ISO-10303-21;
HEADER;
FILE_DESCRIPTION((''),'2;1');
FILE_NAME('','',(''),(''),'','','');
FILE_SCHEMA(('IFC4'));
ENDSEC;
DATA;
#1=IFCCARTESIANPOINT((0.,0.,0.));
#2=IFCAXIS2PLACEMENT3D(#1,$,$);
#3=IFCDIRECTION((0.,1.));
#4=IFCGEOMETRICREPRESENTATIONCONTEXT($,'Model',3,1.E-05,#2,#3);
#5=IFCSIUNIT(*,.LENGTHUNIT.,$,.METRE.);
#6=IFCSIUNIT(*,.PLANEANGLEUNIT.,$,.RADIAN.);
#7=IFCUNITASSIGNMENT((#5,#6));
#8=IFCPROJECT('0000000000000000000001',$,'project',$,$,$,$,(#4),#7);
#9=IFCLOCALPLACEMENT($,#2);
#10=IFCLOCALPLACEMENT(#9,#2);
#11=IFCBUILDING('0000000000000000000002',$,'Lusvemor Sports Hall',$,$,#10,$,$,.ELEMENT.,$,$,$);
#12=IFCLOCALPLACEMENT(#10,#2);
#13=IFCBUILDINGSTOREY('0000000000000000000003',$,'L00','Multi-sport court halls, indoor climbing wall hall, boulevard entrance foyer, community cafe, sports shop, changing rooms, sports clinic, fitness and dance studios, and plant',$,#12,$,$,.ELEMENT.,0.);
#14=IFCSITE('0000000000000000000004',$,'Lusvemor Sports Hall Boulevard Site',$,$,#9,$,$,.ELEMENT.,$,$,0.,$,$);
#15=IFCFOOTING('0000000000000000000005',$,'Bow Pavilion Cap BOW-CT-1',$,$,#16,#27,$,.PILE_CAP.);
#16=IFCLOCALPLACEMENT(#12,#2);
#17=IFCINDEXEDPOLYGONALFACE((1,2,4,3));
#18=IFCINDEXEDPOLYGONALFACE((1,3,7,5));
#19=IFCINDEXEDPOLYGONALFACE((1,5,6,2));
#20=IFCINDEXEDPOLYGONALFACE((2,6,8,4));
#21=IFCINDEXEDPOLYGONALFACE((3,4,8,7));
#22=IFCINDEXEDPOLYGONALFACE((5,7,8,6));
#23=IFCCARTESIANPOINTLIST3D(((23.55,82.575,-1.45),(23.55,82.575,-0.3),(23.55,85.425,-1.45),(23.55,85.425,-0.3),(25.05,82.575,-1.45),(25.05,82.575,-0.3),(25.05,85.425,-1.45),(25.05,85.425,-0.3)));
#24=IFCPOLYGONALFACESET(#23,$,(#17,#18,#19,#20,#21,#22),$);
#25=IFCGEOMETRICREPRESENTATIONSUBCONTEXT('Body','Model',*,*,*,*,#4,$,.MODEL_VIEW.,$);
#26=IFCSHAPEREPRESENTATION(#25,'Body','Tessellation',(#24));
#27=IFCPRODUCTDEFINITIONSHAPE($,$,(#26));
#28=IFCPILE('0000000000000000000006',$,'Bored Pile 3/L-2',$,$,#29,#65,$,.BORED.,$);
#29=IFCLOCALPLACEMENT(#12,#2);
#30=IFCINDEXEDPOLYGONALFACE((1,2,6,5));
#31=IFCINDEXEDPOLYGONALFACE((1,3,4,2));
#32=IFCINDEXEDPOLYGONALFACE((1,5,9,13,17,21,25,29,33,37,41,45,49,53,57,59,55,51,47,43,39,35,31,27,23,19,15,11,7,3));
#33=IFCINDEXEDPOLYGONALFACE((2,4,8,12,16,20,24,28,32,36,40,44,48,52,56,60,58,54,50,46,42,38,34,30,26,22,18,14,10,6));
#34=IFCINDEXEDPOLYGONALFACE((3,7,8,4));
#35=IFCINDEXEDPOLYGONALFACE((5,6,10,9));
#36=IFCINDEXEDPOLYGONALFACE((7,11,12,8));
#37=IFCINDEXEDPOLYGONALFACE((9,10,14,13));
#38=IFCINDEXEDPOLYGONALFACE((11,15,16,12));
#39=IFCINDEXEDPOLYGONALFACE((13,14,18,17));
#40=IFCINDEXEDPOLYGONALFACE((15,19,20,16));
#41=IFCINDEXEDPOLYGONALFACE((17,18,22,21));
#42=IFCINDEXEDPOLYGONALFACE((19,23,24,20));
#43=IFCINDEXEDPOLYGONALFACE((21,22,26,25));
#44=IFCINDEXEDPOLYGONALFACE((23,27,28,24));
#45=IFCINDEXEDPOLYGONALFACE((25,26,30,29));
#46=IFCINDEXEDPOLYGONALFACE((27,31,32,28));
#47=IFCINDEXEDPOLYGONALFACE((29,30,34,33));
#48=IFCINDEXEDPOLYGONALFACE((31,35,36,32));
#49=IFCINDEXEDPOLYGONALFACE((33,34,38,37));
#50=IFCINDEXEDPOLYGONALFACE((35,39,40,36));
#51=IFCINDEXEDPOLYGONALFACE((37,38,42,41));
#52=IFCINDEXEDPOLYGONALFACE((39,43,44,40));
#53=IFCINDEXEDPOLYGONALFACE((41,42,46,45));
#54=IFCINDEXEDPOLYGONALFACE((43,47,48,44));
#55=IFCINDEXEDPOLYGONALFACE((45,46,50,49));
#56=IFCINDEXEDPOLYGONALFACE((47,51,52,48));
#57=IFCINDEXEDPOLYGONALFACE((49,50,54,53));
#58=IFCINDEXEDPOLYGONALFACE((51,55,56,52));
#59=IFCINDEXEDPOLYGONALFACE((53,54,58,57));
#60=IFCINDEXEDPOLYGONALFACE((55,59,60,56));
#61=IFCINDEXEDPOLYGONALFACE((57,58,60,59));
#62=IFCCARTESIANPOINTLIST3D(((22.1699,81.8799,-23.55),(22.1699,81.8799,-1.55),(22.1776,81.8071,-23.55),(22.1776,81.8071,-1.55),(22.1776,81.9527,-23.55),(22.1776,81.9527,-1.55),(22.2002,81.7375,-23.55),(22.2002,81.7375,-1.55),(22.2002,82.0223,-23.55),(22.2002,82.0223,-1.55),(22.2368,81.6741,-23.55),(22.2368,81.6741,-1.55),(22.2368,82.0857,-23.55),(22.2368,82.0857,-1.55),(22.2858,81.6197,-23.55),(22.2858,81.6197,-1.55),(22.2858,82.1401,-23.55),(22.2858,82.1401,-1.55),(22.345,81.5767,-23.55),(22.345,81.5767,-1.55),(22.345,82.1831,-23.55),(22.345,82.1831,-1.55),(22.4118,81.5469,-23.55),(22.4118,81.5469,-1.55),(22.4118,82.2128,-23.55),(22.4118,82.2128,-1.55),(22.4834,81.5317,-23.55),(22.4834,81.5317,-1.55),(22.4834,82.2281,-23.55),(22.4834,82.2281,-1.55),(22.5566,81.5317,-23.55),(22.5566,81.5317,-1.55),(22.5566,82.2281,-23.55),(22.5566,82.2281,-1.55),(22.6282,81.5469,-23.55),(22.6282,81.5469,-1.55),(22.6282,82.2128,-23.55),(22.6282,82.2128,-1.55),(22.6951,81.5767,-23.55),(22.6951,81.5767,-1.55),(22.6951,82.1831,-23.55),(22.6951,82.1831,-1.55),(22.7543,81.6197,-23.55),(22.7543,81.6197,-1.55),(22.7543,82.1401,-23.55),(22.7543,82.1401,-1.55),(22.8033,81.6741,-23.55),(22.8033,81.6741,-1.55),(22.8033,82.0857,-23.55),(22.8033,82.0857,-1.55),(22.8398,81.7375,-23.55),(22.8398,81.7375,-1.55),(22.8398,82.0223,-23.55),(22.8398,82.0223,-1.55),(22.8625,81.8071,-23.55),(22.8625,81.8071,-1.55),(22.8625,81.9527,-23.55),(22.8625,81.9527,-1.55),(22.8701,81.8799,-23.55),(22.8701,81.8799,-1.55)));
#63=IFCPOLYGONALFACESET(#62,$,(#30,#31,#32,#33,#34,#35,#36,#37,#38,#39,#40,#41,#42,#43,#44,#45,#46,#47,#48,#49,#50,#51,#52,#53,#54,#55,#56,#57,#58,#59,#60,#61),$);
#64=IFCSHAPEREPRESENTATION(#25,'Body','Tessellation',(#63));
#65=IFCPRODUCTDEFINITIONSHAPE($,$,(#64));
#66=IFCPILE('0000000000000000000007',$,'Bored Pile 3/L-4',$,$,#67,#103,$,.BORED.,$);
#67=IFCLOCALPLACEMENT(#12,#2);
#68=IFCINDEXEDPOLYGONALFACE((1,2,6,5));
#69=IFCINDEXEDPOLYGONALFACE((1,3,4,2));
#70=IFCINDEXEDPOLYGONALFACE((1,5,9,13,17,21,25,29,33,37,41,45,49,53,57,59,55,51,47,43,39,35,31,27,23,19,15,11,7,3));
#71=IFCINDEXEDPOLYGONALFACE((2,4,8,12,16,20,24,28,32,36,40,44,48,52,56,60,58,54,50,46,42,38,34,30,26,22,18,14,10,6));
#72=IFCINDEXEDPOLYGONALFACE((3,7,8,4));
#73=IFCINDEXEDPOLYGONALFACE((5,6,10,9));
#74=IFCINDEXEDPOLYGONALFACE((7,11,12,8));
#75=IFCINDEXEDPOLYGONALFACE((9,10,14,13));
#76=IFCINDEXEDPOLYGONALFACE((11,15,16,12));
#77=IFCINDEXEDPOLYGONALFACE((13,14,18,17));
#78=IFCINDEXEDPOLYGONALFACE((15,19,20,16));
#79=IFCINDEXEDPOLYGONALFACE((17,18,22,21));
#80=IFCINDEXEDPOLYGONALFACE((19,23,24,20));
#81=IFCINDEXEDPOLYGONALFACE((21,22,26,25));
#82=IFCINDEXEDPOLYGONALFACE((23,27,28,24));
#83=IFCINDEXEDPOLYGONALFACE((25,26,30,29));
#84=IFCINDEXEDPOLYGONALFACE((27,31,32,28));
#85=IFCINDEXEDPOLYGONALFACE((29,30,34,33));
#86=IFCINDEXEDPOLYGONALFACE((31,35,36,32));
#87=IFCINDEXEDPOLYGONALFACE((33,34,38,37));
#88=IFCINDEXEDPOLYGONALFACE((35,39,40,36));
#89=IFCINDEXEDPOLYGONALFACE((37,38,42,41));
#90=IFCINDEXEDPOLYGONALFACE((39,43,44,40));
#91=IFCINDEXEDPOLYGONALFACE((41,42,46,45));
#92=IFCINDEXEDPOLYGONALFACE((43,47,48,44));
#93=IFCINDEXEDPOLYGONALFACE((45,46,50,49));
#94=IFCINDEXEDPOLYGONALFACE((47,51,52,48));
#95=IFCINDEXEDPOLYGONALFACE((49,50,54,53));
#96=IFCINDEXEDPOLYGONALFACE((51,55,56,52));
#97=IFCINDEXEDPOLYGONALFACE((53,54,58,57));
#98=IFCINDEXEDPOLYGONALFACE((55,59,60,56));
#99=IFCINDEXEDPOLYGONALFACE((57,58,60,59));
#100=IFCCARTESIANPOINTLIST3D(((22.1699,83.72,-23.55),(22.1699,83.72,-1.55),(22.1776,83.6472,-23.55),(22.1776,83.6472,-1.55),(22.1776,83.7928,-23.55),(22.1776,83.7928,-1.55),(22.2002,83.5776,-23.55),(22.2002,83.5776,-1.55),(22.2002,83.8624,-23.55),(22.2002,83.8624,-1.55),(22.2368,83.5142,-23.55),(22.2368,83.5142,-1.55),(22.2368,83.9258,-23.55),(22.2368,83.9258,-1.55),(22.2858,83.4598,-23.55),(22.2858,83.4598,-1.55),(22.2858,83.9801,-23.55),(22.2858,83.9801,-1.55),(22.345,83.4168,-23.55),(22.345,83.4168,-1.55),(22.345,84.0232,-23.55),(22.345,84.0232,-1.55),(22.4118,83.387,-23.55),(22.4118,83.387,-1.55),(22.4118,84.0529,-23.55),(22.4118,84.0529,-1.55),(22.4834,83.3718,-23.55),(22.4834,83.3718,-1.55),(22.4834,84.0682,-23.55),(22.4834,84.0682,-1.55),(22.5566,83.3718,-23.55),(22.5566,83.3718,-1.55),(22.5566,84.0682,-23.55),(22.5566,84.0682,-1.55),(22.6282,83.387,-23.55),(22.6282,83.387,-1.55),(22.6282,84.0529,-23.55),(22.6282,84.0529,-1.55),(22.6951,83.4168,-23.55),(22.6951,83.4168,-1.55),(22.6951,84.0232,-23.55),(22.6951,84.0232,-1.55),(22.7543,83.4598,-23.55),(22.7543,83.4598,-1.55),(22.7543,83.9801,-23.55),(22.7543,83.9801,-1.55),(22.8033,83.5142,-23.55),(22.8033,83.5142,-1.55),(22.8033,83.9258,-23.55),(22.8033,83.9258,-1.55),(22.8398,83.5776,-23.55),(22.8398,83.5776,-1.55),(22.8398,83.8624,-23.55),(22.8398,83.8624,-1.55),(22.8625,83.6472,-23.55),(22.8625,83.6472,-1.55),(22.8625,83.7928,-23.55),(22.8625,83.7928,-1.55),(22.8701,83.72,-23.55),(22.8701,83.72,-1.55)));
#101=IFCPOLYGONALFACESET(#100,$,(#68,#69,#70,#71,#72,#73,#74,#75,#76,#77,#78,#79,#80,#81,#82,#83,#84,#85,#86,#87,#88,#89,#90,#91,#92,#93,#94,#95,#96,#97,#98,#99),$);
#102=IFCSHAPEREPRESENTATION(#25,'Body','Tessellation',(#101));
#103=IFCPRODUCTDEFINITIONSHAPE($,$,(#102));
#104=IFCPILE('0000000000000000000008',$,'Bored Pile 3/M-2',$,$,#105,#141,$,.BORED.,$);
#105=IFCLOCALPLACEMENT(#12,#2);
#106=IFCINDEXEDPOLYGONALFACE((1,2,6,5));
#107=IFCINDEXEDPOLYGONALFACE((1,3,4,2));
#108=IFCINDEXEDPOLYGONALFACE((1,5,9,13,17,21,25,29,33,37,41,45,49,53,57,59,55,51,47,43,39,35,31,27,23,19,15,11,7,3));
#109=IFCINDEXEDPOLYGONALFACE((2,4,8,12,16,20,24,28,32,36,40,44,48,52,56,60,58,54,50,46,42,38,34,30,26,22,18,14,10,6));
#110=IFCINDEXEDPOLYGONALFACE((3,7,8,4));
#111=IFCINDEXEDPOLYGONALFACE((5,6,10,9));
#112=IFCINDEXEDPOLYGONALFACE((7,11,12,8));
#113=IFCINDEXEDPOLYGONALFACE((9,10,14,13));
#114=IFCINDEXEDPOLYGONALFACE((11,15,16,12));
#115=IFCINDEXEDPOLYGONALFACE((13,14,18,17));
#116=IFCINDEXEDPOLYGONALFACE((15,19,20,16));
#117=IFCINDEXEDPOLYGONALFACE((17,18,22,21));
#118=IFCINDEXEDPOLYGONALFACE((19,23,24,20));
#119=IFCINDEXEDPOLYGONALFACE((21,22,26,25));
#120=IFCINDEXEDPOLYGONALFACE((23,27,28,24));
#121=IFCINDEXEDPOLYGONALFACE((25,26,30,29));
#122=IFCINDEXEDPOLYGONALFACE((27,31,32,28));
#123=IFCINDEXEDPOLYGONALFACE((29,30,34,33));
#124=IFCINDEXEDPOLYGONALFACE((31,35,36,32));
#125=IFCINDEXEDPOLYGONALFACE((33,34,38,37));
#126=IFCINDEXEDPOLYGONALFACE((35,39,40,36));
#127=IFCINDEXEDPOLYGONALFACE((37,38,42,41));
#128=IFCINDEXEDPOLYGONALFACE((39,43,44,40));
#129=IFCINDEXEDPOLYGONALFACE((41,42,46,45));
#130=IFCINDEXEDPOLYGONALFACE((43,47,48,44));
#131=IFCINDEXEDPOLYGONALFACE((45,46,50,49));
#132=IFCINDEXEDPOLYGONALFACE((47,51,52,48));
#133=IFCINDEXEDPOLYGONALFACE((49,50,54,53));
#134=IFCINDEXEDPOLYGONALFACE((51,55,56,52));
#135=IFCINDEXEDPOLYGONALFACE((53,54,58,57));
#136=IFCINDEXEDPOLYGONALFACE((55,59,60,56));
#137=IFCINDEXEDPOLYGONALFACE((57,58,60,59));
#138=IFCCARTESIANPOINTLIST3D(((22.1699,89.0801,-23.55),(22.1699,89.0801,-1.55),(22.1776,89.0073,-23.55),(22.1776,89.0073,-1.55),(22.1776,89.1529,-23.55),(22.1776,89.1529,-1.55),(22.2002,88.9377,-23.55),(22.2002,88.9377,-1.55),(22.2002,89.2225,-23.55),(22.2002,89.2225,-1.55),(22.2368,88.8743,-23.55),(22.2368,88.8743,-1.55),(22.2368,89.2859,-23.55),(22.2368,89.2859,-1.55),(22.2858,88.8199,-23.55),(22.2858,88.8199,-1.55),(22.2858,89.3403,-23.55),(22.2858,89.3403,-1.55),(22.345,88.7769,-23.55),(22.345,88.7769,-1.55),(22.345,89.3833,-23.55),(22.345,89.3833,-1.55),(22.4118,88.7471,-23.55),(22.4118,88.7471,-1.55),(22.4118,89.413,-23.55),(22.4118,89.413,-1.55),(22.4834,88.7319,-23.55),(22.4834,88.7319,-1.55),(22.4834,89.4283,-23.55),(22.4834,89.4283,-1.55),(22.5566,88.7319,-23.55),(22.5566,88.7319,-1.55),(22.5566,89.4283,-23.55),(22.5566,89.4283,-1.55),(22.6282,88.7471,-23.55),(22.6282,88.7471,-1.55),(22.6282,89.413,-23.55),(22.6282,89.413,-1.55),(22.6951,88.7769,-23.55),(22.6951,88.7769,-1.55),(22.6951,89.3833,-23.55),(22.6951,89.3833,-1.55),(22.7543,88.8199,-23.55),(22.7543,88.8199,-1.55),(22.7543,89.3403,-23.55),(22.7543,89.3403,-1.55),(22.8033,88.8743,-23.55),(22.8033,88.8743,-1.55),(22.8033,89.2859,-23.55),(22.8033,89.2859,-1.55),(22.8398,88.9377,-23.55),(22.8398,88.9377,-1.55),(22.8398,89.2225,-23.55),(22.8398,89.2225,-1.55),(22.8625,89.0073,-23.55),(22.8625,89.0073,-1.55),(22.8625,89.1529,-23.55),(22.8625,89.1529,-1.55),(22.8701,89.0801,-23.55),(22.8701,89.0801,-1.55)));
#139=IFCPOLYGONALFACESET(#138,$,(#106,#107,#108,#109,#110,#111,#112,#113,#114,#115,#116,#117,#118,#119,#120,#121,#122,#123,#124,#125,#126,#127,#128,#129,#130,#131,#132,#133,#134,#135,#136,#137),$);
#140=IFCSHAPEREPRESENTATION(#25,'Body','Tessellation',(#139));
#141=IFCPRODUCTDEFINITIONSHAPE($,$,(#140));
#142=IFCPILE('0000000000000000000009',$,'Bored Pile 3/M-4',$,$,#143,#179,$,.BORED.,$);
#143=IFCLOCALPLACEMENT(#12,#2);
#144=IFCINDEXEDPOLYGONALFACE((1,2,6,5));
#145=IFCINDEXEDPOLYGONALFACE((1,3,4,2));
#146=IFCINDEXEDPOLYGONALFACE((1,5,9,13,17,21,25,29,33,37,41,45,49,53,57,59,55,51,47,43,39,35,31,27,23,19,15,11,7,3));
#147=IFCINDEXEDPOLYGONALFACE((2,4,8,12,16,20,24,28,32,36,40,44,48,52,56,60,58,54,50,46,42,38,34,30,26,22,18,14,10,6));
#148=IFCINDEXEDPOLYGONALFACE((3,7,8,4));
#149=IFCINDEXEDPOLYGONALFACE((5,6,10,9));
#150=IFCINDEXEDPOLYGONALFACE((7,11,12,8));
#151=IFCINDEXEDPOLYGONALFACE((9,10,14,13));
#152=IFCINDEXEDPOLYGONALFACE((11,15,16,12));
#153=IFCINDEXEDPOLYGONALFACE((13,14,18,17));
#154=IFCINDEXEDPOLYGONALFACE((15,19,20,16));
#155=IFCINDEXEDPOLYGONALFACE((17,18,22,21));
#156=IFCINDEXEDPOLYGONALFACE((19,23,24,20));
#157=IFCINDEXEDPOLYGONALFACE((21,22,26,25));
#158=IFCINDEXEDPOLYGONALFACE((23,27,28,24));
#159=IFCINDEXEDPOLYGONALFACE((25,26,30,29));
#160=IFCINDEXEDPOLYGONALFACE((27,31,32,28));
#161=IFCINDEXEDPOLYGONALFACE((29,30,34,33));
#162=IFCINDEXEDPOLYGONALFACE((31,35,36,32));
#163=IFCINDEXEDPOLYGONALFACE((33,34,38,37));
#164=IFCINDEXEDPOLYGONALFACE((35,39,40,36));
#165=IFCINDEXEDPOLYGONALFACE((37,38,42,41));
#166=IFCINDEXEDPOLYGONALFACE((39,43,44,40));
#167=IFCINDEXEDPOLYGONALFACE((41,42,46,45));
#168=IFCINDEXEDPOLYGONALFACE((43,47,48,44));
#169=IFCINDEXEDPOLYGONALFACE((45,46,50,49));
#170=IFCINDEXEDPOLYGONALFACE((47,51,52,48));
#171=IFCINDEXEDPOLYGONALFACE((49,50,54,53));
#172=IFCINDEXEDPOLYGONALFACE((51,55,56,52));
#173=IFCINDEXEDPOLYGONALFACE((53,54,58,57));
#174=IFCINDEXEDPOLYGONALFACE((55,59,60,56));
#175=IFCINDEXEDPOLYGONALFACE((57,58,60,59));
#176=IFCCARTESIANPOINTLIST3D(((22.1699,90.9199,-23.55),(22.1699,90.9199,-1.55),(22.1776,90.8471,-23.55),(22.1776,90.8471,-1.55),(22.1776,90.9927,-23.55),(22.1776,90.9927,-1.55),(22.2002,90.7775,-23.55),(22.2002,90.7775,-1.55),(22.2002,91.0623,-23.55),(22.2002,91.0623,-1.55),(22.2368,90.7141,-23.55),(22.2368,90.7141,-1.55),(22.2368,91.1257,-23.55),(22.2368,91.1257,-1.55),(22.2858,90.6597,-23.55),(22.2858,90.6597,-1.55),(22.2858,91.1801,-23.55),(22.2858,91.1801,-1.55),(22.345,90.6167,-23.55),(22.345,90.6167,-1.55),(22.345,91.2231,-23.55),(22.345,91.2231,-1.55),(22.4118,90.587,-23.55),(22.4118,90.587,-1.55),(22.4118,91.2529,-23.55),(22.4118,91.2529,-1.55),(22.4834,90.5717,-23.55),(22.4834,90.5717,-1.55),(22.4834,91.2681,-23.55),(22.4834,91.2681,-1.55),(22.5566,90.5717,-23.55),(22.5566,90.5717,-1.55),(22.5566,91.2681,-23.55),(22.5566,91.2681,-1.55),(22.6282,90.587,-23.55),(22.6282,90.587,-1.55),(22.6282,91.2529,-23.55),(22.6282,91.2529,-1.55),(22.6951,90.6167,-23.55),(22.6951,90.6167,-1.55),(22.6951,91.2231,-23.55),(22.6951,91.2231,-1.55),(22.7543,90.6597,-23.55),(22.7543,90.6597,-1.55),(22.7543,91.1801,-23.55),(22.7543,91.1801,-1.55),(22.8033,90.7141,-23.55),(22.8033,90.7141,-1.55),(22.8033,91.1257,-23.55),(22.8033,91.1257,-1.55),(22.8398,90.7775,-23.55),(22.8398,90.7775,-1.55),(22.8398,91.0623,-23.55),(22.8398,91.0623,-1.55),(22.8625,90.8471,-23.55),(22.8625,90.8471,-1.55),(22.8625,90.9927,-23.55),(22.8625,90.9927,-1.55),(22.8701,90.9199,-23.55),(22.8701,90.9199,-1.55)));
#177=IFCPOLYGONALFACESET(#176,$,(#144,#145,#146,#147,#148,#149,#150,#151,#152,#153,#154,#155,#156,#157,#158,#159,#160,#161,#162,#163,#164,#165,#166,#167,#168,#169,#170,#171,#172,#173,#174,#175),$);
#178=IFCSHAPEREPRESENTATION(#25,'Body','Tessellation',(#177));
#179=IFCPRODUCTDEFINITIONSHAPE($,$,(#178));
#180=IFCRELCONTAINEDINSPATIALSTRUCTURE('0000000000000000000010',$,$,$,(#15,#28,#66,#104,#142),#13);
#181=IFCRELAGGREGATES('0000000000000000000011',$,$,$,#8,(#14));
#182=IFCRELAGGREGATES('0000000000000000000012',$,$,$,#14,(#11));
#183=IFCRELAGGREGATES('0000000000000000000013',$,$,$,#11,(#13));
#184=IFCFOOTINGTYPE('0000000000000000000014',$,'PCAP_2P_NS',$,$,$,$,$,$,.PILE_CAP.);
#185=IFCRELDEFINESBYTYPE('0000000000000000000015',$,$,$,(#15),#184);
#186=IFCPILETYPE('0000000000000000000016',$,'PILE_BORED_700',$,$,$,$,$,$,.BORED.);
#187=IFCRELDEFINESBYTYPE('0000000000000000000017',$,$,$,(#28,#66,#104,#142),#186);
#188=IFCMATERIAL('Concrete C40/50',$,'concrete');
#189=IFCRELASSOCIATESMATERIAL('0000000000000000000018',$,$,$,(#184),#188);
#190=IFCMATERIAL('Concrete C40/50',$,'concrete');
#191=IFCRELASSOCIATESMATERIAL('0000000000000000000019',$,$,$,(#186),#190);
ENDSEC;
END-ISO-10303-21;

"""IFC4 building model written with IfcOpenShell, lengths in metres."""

from ifc_helpers import new_model, si_unit, direction, frame, origin, origin_2d, place, context, subcontext, project, spatial, rectangle, circle, extrude, material, material_profile, profile_set, type_object, element, save


model = new_model("IFC4")

# Units and contexts
model_context = context("Model", 3, precision=1e-05, world=origin(), true_north=direction((0.0, 1.0)))
body_context = subcontext(model_context, "Body", "Model", "MODEL_VIEW")
ifc_project = project(units=[si_unit("LENGTHUNIT", "METRE"), si_unit("PLANEANGLEUNIT", "RADIAN")], contexts=[model_context])

# Site, building, storey
site_placement = place(None, origin())
site = spatial("IfcSite", under=ifc_project, at=site_placement, Name="Lusvemor Sports Hall Boulevard Site", CompositionType="ELEMENT", RefElevation=0.0)
building_placement = place(site_placement, origin())
building = spatial("IfcBuilding", under=site, at=building_placement, Name="Lusvemor Sports Hall", CompositionType="ELEMENT")
storey_placement = place(building_placement, origin())
storey = spatial("IfcBuildingStorey", under=building, at=storey_placement, Name="L00", Description="Multi-sport court halls, indoor climbing wall hall, boulevard entrance foyer, community cafe, sports shop, changing rooms, sports clinic, fitness and dance studios, and plant", CompositionType="ELEMENT", Elevation=0.0)

# Footing
ifc_material_1 = material(Name="Concrete C40/50", Category="concrete")
footing_type = type_object("IfcFootingType", Name="PCAP_2P_NS", PredefinedType="PILE_CAP", material=ifc_material_1)
footing_placement = place(storey_placement, frame((24.3, 84.0, -1.45), z_axis=(0.0, 0.0, 1.0), x_axis=(1.0, 0.0, 0.0)))
element("IfcFooting", 1, at=footing_placement, inside=storey, type_object=footing_type, Name="Bow Pavilion Cap BOW-CT-1", PredefinedType="PILE_CAP", context=body_context, shape_type="SweptSolid", body=[
    extrude(rectangle(XDim=1.5, YDim=2.8501, at=origin_2d()), origin(), (0.0, 0.0, 1.0), 1.1499),
])

# Piles
ifc_material_2 = material(Name="Concrete C40/50", Category="concrete")
ifc_material_profile_1 = material_profile(ifc_material_2, circle(Radius=0.3501, at=origin_2d()), Name="PILE700")
ifc_profile_set_1 = profile_set([ifc_material_profile_1], Name="Concrete C40/50")
pile_type_1 = type_object("IfcPileType", Name="PILE_BORED_700", PredefinedType="BORED", material=ifc_profile_set_1)
for number, where, z_axis, x_axis, name in (
    (2, (22.52, 81.8799, -1.55), (0.0, 0.0, -1.0), (1.0, 0.0, 0.0), "Bored Pile 3/L-2"),
    (3, (22.52, 83.72, -1.55), (0.0, 0.0, -1.0), (1.0, 0.0, 0.0), "Bored Pile 3/L-4"),
    (4, (22.52, 89.0801, -1.55), (0.0, 0.0, -1.0), (1.0, 0.0, 0.0), "Bored Pile 3/M-2"),
    (5, (22.52, 90.9199, -1.55), (0.0, 0.0, -1.0), (1.0, 0.0, 0.0), "Bored Pile 3/M-4"),
):
    element("IfcPile", number, at=place(storey_placement, frame(where, z_axis=z_axis, x_axis=x_axis)), inside=storey, type_object=pile_type_1, Name=name, PredefinedType="BORED", context=body_context, shape_type="SweptSolid", body=[
        extrude(circle(Radius=0.3501, at=origin_2d()), origin(), (0.0, 0.0, 1.0), 22.0),
    ])

save(model, "model.ifc")
